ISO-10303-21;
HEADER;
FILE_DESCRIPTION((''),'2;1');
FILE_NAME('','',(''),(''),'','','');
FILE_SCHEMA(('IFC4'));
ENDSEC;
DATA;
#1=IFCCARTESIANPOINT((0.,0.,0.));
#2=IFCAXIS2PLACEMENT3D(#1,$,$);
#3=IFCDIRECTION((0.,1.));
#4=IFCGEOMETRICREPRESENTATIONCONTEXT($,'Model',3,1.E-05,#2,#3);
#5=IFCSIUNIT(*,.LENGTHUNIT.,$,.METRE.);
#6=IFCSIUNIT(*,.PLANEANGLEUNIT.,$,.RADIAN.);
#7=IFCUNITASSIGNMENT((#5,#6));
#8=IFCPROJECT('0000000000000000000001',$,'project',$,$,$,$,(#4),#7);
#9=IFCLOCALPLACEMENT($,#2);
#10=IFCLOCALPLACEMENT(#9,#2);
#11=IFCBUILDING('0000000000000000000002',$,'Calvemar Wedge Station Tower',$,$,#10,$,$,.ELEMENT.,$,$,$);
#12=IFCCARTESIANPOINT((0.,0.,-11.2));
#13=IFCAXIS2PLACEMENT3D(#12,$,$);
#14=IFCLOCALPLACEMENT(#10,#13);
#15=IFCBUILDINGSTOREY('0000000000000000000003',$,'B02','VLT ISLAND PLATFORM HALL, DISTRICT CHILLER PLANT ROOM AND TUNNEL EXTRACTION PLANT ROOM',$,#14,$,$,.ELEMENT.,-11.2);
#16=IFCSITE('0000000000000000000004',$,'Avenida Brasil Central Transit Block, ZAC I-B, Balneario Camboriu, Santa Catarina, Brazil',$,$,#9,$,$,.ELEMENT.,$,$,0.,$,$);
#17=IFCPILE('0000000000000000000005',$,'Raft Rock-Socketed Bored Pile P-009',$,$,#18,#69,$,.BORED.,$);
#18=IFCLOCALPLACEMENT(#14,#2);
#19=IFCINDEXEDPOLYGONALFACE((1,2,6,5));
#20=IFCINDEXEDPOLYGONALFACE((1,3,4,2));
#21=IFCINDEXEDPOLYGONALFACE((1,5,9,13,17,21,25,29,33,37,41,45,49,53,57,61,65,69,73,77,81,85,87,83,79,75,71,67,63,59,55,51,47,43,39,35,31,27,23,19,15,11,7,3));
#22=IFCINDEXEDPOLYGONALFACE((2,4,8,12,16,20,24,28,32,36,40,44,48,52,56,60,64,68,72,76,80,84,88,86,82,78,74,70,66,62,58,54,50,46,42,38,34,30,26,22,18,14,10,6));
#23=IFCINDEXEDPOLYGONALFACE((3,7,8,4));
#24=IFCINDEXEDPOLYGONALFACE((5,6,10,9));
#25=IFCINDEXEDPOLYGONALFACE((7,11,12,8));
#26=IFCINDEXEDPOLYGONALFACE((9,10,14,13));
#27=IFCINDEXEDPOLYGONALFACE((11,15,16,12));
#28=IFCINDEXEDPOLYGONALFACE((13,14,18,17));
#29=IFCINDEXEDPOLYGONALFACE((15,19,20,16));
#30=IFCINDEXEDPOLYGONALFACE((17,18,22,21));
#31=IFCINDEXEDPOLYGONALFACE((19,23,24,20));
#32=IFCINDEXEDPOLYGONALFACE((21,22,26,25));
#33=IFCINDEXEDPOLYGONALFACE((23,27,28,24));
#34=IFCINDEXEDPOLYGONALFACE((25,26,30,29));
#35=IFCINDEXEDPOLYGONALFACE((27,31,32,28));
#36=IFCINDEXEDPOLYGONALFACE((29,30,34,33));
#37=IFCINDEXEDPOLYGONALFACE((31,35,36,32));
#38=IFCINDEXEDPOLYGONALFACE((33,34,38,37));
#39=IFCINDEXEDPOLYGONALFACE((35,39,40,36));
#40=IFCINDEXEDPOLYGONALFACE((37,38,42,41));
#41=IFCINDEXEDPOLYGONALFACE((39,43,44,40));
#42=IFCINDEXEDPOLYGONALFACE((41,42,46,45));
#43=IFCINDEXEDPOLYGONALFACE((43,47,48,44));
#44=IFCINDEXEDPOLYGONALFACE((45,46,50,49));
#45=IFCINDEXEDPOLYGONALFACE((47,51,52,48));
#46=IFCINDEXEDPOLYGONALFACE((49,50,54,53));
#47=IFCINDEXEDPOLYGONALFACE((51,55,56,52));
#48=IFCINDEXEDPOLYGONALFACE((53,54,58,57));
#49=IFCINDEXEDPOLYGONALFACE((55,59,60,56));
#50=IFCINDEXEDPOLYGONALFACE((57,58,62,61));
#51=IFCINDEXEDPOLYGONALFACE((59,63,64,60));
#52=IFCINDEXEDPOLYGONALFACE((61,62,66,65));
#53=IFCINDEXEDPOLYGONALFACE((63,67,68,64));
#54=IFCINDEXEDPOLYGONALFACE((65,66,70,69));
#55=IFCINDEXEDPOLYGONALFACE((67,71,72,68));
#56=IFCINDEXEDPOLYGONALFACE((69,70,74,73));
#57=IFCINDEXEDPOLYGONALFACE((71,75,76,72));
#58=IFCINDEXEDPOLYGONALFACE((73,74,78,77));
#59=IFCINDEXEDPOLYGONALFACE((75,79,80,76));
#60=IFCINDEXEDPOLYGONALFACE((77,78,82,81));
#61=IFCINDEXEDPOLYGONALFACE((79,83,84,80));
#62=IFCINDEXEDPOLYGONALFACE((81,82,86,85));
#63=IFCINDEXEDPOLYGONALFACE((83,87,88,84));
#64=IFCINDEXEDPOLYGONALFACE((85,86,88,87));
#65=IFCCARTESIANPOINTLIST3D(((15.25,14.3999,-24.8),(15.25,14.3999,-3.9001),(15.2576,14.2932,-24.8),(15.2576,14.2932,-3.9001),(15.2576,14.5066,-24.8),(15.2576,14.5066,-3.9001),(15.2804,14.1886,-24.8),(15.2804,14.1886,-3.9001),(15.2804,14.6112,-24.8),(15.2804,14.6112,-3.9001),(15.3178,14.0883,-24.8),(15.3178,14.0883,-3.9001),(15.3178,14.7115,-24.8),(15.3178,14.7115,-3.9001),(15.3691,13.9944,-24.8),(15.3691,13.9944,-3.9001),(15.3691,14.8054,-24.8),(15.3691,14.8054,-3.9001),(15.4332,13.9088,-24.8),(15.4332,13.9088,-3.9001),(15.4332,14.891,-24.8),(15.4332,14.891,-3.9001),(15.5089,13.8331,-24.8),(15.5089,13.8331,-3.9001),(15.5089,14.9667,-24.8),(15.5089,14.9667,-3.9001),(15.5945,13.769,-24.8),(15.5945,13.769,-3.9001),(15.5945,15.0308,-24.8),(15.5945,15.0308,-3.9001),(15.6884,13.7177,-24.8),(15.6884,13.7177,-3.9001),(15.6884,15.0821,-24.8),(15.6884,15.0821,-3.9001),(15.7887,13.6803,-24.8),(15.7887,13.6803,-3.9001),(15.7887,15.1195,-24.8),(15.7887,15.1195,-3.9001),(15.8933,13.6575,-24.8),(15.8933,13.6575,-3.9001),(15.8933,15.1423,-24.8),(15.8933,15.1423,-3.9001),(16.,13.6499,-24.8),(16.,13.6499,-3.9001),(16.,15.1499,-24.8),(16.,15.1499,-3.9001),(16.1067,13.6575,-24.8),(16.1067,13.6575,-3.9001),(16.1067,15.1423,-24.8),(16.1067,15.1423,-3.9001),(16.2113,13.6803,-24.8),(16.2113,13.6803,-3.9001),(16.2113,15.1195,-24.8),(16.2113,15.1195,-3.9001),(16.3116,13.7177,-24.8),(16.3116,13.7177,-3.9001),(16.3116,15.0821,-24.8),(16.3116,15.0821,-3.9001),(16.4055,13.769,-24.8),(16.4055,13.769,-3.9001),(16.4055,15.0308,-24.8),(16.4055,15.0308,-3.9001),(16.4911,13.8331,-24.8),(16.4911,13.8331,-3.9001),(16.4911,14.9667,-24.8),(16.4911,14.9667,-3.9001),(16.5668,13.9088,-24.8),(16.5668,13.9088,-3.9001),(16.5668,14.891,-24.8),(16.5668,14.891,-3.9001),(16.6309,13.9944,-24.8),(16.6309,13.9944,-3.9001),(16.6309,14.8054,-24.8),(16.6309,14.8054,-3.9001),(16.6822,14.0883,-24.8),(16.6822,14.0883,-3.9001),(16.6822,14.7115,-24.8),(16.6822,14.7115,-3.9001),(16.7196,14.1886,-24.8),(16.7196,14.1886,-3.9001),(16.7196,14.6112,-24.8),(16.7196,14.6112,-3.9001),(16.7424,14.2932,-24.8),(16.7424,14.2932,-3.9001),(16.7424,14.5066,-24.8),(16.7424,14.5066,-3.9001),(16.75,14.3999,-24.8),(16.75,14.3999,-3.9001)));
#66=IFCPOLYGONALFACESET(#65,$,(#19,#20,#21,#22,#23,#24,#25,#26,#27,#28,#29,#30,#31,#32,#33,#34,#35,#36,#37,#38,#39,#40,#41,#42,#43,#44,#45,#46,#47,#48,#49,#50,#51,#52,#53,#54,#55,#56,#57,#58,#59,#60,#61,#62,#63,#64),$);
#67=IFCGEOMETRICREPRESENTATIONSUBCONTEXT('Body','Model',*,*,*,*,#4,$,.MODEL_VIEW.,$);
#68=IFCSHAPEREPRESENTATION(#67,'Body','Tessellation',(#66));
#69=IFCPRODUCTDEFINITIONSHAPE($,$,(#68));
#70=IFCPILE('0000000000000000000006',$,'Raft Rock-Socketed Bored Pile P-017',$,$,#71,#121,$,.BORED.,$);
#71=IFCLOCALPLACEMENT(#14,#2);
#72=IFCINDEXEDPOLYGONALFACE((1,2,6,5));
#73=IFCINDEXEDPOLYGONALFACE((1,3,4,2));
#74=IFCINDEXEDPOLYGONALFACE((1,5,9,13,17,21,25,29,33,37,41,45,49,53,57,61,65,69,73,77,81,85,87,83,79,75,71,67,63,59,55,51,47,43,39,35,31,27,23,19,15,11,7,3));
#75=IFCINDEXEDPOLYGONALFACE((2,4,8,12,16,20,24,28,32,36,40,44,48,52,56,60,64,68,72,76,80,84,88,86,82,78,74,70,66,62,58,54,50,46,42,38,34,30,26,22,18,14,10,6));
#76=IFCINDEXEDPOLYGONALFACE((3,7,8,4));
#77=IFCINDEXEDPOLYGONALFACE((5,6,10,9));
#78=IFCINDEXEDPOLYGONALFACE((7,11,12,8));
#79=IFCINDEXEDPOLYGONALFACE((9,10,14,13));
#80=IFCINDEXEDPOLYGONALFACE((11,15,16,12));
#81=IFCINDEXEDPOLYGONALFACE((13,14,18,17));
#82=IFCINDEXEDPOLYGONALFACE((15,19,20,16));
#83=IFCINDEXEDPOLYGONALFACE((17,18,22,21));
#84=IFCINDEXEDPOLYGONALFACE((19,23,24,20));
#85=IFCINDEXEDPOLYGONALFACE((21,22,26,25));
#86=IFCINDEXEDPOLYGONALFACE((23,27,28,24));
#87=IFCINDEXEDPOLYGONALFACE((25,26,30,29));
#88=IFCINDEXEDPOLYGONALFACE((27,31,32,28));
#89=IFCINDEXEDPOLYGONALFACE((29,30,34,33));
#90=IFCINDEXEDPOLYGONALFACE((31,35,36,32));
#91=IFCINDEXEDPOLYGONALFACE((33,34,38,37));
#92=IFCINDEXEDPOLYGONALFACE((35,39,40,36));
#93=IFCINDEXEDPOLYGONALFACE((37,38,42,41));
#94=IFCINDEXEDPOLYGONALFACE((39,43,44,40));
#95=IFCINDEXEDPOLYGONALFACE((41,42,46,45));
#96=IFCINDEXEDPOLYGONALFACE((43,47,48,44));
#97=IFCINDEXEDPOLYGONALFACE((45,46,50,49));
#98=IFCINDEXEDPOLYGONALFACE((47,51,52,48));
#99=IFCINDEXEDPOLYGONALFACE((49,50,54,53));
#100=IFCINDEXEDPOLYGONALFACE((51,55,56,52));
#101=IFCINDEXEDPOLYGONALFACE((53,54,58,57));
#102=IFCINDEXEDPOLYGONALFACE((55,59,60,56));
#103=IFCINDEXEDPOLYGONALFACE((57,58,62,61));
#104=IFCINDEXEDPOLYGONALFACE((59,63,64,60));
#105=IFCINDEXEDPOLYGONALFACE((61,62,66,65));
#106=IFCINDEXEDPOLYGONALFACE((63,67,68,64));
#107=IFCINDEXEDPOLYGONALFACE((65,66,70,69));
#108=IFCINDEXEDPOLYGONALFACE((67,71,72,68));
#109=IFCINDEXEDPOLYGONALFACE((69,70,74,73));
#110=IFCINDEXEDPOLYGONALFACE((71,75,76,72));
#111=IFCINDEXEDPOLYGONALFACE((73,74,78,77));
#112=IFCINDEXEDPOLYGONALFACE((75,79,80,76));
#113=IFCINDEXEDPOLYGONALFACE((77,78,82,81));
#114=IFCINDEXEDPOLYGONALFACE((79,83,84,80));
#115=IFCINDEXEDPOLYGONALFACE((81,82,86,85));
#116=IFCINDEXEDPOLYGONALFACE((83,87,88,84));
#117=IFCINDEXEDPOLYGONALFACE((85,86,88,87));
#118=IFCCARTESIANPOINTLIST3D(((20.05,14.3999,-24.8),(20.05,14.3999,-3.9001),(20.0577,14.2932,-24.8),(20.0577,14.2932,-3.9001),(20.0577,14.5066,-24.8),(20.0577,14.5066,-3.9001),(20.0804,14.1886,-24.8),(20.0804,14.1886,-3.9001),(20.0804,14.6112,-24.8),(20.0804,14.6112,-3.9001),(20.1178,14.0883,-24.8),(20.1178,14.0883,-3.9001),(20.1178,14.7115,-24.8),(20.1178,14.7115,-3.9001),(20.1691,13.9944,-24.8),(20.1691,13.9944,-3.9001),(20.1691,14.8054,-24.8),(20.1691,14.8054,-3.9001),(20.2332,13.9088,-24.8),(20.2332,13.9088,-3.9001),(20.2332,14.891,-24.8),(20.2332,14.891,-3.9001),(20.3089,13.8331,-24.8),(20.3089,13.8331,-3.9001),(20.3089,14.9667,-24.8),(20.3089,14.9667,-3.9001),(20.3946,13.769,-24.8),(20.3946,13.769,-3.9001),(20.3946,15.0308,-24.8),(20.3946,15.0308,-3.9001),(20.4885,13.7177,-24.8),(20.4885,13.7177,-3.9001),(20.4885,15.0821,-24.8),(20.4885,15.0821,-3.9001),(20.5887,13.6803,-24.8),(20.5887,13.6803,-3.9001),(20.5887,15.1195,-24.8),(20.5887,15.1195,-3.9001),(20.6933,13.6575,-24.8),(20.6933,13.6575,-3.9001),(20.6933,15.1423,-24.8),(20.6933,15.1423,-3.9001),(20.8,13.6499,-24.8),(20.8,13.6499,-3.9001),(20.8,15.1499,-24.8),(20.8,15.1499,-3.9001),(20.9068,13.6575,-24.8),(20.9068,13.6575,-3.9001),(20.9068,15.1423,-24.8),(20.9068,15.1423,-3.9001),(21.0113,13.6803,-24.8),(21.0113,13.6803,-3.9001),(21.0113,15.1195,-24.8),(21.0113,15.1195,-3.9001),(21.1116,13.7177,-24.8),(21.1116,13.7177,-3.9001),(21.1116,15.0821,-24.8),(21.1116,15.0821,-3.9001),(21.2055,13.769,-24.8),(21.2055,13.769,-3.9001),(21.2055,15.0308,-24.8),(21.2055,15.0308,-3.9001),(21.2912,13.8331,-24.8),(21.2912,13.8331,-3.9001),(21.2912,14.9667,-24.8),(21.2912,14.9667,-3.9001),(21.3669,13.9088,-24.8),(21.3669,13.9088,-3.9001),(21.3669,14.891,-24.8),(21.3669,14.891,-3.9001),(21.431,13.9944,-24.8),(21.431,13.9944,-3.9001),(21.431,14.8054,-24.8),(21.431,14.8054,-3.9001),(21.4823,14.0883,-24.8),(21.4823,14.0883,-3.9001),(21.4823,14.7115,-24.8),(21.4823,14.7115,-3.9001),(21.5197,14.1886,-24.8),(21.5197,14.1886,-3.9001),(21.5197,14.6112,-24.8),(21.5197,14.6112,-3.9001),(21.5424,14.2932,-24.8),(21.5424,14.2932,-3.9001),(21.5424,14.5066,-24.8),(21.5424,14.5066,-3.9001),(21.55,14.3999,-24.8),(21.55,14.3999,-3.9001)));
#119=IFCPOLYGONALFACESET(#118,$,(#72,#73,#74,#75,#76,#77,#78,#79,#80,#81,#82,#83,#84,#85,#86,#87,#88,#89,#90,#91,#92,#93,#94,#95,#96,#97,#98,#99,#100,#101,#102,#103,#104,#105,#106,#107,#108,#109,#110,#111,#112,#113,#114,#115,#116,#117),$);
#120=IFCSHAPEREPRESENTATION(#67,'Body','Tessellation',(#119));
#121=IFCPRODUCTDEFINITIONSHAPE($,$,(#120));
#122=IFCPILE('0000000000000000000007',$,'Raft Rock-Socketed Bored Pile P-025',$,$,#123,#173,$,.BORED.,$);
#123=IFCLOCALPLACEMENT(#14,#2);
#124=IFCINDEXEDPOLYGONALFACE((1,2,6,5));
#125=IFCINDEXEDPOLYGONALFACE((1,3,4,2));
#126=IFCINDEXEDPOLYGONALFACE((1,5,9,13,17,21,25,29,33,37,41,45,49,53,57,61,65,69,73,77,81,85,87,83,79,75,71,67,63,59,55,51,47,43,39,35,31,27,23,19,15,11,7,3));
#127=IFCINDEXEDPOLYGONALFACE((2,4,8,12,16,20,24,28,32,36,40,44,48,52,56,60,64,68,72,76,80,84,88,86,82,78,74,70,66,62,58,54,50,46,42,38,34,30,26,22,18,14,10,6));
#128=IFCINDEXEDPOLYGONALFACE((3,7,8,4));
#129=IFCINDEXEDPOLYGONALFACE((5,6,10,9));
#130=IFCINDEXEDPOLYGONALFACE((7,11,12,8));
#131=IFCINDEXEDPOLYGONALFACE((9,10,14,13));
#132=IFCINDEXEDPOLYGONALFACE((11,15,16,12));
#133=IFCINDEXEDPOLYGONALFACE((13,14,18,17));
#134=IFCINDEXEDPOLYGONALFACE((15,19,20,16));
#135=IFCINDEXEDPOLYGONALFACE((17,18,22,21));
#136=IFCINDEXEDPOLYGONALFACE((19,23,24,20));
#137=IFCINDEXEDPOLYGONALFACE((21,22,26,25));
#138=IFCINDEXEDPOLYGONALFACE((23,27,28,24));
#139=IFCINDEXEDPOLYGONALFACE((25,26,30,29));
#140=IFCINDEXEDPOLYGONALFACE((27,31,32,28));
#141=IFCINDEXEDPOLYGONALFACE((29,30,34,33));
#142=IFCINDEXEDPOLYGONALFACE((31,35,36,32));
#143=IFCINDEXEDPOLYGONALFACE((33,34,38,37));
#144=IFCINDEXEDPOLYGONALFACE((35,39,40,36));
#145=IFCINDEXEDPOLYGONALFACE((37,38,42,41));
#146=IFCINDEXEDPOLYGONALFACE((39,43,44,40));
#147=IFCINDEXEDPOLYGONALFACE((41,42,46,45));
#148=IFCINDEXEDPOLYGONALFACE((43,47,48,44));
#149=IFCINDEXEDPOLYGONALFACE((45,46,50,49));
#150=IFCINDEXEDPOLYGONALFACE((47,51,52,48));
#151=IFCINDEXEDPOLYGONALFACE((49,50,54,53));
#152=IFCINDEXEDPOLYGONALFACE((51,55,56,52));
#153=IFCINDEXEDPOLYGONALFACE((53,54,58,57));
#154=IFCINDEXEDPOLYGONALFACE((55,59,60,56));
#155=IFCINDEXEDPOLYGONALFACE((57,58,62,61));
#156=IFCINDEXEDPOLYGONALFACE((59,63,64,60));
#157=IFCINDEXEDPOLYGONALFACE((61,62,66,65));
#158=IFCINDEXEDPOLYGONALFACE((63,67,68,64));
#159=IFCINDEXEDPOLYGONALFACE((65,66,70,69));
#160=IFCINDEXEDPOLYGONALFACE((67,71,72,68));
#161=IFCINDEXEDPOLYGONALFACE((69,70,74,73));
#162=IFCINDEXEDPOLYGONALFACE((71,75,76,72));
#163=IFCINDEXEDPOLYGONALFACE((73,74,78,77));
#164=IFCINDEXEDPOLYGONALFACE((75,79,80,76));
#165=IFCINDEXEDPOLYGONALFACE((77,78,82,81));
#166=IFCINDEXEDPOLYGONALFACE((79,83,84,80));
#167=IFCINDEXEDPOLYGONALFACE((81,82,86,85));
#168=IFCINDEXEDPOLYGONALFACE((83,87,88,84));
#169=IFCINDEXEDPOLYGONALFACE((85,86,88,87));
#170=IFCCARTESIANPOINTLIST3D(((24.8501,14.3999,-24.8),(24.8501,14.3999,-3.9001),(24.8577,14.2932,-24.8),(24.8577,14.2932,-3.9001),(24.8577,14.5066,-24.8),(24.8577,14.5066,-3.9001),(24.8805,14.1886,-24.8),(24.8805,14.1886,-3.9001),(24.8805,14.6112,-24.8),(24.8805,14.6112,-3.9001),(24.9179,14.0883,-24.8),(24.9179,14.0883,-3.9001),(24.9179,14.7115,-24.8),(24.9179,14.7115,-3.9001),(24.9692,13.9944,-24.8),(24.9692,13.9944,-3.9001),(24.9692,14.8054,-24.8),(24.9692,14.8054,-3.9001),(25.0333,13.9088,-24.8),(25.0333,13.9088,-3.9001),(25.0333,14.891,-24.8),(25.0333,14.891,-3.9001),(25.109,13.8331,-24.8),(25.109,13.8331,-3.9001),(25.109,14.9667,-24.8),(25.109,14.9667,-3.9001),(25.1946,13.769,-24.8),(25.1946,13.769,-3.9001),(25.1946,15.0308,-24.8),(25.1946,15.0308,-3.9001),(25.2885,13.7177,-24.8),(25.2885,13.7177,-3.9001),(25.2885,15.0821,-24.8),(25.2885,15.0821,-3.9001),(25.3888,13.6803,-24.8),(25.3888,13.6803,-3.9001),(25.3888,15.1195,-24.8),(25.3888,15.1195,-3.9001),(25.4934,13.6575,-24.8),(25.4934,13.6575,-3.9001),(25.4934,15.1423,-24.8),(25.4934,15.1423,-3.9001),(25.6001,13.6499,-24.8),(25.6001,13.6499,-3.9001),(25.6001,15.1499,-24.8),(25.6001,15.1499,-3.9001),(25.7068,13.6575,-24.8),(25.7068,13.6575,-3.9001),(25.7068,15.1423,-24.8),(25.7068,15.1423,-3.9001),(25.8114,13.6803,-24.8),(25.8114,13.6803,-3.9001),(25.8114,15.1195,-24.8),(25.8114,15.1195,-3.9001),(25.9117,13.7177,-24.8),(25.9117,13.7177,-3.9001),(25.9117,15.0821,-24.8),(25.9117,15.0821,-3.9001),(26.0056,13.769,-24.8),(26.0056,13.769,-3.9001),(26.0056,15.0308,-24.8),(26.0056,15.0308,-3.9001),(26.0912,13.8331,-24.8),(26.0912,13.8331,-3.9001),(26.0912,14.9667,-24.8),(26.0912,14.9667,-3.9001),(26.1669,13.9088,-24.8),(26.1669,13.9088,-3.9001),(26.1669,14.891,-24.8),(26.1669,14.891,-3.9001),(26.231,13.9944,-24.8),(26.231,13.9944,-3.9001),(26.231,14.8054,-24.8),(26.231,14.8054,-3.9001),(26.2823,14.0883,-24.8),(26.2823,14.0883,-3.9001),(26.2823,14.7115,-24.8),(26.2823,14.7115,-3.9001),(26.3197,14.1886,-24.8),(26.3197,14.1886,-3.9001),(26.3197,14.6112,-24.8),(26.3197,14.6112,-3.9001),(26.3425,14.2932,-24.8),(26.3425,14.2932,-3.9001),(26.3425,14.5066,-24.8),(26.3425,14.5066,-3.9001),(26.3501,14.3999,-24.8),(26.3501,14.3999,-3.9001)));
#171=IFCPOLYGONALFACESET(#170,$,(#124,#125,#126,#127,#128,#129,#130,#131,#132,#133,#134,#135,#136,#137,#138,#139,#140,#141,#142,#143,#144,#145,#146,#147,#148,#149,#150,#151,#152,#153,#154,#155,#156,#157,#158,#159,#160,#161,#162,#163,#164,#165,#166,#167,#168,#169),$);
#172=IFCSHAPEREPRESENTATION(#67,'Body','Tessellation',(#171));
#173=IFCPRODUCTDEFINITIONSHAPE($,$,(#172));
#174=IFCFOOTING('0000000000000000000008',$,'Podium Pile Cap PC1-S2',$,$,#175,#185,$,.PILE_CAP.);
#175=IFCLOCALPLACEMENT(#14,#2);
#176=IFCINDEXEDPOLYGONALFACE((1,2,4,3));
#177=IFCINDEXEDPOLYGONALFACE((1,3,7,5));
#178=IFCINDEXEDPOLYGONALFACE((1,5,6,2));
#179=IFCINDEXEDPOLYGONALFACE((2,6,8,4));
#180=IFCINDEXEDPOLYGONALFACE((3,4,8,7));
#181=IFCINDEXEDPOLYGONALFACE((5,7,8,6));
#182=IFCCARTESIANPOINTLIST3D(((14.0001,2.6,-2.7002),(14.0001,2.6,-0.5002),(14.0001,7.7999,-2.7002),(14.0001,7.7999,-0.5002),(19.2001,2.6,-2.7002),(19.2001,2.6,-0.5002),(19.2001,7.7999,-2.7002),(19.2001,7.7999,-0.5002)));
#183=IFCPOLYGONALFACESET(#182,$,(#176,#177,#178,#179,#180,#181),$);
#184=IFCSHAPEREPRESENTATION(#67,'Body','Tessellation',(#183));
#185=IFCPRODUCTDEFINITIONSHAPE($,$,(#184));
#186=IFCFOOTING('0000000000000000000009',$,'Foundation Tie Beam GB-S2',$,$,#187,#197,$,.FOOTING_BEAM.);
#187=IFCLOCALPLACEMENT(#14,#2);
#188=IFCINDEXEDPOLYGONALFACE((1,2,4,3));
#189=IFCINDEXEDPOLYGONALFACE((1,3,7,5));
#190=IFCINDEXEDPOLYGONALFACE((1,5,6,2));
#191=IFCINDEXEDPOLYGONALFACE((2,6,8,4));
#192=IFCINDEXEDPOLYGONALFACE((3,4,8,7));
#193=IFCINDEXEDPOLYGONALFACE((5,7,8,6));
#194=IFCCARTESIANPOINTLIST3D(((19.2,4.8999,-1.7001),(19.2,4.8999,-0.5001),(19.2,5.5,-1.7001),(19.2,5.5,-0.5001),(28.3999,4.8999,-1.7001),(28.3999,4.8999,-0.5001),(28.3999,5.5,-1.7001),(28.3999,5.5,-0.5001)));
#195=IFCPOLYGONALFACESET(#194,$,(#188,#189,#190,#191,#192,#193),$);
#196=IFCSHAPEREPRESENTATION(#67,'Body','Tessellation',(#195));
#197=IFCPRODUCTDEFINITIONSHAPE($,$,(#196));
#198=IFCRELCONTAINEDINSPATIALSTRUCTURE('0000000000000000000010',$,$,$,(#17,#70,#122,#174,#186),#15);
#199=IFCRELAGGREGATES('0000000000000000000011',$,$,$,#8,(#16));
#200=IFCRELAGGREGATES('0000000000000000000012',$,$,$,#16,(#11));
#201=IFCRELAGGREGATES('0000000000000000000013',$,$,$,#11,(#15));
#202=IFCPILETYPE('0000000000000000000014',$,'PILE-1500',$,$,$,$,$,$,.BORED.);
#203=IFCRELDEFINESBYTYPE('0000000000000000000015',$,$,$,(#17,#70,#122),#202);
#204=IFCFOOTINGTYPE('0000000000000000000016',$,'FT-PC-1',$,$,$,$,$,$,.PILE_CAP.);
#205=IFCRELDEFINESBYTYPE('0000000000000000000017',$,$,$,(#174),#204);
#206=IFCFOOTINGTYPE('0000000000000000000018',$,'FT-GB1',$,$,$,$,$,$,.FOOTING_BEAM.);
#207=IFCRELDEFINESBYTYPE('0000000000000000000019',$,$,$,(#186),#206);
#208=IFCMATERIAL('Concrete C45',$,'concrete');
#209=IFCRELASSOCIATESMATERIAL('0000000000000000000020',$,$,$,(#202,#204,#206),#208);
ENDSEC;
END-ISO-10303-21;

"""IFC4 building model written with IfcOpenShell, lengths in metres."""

from ifc_helpers import new_model, si_unit, direction, frame, origin, origin_2d, place, context, subcontext, project, spatial, rectangle, circle, extrude, source, transform, mapped, material, material_profile, profile_set, type_object, element, save


model = new_model("IFC4")

# Units and contexts
model_context = context("Model", 3, precision=1e-05, world=origin(), true_north=direction((0.0, 1.0)))
body_context = subcontext(model_context, "Body", "Model", "MODEL_VIEW")
ifc_project = project(units=[si_unit("LENGTHUNIT", "METRE"), si_unit("PLANEANGLEUNIT", "RADIAN")], contexts=[model_context])

# Site, building, storey
site_placement = place(None, origin())
site = spatial("IfcSite", under=ifc_project, at=site_placement, Name="Avenida Brasil Central Transit Block, ZAC I-B, Balneario Camboriu, Santa Catarina, Brazil", CompositionType="ELEMENT", RefElevation=0.0)
building_placement = place(site_placement, origin())
building = spatial("IfcBuilding", under=site, at=building_placement, Name="Calvemar Wedge Station Tower", CompositionType="ELEMENT")
storey_placement = place(building_placement, frame((0.0, 0.0, -11.2)))
storey = spatial("IfcBuildingStorey", under=building, at=storey_placement, Name="B02", Description="VLT ISLAND PLATFORM HALL, DISTRICT CHILLER PLANT ROOM AND TUNNEL EXTRACTION PLANT ROOM", CompositionType="ELEMENT", Elevation=-11.2)

# Piles
ifc_material_1 = material(Name="Concrete C45", Category="concrete")
ifc_material_profile_1 = material_profile(ifc_material_1, circle(Radius=0.75, at=origin_2d()), Name="PILE-D1500")
ifc_profile_set_1 = profile_set([ifc_material_profile_1], Name="Concrete C45")
pile_type_1 = type_object("IfcPileType", Name="PILE-1500", PredefinedType="BORED", material=ifc_profile_set_1)
for number, where, z_axis, x_axis, name in (
    (1, (16.0, 14.3999, -3.9001), (0.0, 0.0, -1.0), (1.0, 0.0, 0.0), "Raft Rock-Socketed Bored Pile P-009"),
    (2, (20.8, 14.3999, -3.9001), (0.0, 0.0, -1.0), (1.0, 0.0, 0.0), "Raft Rock-Socketed Bored Pile P-017"),
    (3, (25.6001, 14.3999, -3.9001), (0.0, 0.0, -1.0), (1.0, 0.0, 0.0), "Raft Rock-Socketed Bored Pile P-025"),
):
    element("IfcPile", number, at=place(storey_placement, frame(where, z_axis=z_axis, x_axis=x_axis)), inside=storey, type_object=pile_type_1, Name=name, PredefinedType="BORED", context=body_context, shape_type="SweptSolid", body=[
        extrude(circle(Radius=0.75, at=origin_2d()), origin(), (0.0, 0.0, 1.0), 20.8999),
    ])

# Footings
footing_type_1 = type_object("IfcFootingType", Name="FT-PC-1", PredefinedType="PILE_CAP", material=ifc_material_1)
shared_shape_1 = source(origin(), body_context, "Body", "SweptSolid", [
    extrude(rectangle(XDim=5.2, YDim=5.2, at=origin_2d()), origin(), (0.0, 0.0, 1.0), 2.2),
])
footing_1_placement = place(storey_placement, frame((16.6001, 5.2, -2.7002), z_axis=(0.0, 0.0, 1.0), x_axis=(1.0, 0.0, 0.0)))
element("IfcFooting", 4, at=footing_1_placement, inside=storey, type_object=footing_type_1, Name="Podium Pile Cap PC1-S2", PredefinedType="PILE_CAP", context=body_context, shape_type="MappedRepresentation", body=[
    mapped(shared_shape_1, transform((0.0, 0.0, 0.0), scale=1.0)),
])
ifc_material_profile_2 = material_profile(ifc_material_1, rectangle(XDim=0.6001, YDim=1.2, at=origin_2d()), Name="RC600x1200")
ifc_profile_set_2 = profile_set([ifc_material_profile_2], Name="Concrete C45")
footing_type_2 = type_object("IfcFootingType", Name="FT-GB1", PredefinedType="FOOTING_BEAM", material=ifc_profile_set_2)
shared_shape_2 = source(origin(), body_context, "Body", "SweptSolid", [
    extrude(rectangle(XDim=0.6001, YDim=1.2, at=origin_2d()), origin(), (0.0, 0.0, 1.0), 9.2),
])
footing_2_placement = place(storey_placement, frame((19.2, 5.2, -1.1001), z_axis=(1.0, 0.0, 0.0), x_axis=(0.0, 1.0, 0.0)))
element("IfcFooting", 5, at=footing_2_placement, inside=storey, type_object=footing_type_2, Name="Foundation Tie Beam GB-S2", PredefinedType="FOOTING_BEAM", context=body_context, shape_type="MappedRepresentation", body=[
    mapped(shared_shape_2, transform((0.0, 0.0, 0.0), scale=1.0)),
])

save(model, "model.ifc")
